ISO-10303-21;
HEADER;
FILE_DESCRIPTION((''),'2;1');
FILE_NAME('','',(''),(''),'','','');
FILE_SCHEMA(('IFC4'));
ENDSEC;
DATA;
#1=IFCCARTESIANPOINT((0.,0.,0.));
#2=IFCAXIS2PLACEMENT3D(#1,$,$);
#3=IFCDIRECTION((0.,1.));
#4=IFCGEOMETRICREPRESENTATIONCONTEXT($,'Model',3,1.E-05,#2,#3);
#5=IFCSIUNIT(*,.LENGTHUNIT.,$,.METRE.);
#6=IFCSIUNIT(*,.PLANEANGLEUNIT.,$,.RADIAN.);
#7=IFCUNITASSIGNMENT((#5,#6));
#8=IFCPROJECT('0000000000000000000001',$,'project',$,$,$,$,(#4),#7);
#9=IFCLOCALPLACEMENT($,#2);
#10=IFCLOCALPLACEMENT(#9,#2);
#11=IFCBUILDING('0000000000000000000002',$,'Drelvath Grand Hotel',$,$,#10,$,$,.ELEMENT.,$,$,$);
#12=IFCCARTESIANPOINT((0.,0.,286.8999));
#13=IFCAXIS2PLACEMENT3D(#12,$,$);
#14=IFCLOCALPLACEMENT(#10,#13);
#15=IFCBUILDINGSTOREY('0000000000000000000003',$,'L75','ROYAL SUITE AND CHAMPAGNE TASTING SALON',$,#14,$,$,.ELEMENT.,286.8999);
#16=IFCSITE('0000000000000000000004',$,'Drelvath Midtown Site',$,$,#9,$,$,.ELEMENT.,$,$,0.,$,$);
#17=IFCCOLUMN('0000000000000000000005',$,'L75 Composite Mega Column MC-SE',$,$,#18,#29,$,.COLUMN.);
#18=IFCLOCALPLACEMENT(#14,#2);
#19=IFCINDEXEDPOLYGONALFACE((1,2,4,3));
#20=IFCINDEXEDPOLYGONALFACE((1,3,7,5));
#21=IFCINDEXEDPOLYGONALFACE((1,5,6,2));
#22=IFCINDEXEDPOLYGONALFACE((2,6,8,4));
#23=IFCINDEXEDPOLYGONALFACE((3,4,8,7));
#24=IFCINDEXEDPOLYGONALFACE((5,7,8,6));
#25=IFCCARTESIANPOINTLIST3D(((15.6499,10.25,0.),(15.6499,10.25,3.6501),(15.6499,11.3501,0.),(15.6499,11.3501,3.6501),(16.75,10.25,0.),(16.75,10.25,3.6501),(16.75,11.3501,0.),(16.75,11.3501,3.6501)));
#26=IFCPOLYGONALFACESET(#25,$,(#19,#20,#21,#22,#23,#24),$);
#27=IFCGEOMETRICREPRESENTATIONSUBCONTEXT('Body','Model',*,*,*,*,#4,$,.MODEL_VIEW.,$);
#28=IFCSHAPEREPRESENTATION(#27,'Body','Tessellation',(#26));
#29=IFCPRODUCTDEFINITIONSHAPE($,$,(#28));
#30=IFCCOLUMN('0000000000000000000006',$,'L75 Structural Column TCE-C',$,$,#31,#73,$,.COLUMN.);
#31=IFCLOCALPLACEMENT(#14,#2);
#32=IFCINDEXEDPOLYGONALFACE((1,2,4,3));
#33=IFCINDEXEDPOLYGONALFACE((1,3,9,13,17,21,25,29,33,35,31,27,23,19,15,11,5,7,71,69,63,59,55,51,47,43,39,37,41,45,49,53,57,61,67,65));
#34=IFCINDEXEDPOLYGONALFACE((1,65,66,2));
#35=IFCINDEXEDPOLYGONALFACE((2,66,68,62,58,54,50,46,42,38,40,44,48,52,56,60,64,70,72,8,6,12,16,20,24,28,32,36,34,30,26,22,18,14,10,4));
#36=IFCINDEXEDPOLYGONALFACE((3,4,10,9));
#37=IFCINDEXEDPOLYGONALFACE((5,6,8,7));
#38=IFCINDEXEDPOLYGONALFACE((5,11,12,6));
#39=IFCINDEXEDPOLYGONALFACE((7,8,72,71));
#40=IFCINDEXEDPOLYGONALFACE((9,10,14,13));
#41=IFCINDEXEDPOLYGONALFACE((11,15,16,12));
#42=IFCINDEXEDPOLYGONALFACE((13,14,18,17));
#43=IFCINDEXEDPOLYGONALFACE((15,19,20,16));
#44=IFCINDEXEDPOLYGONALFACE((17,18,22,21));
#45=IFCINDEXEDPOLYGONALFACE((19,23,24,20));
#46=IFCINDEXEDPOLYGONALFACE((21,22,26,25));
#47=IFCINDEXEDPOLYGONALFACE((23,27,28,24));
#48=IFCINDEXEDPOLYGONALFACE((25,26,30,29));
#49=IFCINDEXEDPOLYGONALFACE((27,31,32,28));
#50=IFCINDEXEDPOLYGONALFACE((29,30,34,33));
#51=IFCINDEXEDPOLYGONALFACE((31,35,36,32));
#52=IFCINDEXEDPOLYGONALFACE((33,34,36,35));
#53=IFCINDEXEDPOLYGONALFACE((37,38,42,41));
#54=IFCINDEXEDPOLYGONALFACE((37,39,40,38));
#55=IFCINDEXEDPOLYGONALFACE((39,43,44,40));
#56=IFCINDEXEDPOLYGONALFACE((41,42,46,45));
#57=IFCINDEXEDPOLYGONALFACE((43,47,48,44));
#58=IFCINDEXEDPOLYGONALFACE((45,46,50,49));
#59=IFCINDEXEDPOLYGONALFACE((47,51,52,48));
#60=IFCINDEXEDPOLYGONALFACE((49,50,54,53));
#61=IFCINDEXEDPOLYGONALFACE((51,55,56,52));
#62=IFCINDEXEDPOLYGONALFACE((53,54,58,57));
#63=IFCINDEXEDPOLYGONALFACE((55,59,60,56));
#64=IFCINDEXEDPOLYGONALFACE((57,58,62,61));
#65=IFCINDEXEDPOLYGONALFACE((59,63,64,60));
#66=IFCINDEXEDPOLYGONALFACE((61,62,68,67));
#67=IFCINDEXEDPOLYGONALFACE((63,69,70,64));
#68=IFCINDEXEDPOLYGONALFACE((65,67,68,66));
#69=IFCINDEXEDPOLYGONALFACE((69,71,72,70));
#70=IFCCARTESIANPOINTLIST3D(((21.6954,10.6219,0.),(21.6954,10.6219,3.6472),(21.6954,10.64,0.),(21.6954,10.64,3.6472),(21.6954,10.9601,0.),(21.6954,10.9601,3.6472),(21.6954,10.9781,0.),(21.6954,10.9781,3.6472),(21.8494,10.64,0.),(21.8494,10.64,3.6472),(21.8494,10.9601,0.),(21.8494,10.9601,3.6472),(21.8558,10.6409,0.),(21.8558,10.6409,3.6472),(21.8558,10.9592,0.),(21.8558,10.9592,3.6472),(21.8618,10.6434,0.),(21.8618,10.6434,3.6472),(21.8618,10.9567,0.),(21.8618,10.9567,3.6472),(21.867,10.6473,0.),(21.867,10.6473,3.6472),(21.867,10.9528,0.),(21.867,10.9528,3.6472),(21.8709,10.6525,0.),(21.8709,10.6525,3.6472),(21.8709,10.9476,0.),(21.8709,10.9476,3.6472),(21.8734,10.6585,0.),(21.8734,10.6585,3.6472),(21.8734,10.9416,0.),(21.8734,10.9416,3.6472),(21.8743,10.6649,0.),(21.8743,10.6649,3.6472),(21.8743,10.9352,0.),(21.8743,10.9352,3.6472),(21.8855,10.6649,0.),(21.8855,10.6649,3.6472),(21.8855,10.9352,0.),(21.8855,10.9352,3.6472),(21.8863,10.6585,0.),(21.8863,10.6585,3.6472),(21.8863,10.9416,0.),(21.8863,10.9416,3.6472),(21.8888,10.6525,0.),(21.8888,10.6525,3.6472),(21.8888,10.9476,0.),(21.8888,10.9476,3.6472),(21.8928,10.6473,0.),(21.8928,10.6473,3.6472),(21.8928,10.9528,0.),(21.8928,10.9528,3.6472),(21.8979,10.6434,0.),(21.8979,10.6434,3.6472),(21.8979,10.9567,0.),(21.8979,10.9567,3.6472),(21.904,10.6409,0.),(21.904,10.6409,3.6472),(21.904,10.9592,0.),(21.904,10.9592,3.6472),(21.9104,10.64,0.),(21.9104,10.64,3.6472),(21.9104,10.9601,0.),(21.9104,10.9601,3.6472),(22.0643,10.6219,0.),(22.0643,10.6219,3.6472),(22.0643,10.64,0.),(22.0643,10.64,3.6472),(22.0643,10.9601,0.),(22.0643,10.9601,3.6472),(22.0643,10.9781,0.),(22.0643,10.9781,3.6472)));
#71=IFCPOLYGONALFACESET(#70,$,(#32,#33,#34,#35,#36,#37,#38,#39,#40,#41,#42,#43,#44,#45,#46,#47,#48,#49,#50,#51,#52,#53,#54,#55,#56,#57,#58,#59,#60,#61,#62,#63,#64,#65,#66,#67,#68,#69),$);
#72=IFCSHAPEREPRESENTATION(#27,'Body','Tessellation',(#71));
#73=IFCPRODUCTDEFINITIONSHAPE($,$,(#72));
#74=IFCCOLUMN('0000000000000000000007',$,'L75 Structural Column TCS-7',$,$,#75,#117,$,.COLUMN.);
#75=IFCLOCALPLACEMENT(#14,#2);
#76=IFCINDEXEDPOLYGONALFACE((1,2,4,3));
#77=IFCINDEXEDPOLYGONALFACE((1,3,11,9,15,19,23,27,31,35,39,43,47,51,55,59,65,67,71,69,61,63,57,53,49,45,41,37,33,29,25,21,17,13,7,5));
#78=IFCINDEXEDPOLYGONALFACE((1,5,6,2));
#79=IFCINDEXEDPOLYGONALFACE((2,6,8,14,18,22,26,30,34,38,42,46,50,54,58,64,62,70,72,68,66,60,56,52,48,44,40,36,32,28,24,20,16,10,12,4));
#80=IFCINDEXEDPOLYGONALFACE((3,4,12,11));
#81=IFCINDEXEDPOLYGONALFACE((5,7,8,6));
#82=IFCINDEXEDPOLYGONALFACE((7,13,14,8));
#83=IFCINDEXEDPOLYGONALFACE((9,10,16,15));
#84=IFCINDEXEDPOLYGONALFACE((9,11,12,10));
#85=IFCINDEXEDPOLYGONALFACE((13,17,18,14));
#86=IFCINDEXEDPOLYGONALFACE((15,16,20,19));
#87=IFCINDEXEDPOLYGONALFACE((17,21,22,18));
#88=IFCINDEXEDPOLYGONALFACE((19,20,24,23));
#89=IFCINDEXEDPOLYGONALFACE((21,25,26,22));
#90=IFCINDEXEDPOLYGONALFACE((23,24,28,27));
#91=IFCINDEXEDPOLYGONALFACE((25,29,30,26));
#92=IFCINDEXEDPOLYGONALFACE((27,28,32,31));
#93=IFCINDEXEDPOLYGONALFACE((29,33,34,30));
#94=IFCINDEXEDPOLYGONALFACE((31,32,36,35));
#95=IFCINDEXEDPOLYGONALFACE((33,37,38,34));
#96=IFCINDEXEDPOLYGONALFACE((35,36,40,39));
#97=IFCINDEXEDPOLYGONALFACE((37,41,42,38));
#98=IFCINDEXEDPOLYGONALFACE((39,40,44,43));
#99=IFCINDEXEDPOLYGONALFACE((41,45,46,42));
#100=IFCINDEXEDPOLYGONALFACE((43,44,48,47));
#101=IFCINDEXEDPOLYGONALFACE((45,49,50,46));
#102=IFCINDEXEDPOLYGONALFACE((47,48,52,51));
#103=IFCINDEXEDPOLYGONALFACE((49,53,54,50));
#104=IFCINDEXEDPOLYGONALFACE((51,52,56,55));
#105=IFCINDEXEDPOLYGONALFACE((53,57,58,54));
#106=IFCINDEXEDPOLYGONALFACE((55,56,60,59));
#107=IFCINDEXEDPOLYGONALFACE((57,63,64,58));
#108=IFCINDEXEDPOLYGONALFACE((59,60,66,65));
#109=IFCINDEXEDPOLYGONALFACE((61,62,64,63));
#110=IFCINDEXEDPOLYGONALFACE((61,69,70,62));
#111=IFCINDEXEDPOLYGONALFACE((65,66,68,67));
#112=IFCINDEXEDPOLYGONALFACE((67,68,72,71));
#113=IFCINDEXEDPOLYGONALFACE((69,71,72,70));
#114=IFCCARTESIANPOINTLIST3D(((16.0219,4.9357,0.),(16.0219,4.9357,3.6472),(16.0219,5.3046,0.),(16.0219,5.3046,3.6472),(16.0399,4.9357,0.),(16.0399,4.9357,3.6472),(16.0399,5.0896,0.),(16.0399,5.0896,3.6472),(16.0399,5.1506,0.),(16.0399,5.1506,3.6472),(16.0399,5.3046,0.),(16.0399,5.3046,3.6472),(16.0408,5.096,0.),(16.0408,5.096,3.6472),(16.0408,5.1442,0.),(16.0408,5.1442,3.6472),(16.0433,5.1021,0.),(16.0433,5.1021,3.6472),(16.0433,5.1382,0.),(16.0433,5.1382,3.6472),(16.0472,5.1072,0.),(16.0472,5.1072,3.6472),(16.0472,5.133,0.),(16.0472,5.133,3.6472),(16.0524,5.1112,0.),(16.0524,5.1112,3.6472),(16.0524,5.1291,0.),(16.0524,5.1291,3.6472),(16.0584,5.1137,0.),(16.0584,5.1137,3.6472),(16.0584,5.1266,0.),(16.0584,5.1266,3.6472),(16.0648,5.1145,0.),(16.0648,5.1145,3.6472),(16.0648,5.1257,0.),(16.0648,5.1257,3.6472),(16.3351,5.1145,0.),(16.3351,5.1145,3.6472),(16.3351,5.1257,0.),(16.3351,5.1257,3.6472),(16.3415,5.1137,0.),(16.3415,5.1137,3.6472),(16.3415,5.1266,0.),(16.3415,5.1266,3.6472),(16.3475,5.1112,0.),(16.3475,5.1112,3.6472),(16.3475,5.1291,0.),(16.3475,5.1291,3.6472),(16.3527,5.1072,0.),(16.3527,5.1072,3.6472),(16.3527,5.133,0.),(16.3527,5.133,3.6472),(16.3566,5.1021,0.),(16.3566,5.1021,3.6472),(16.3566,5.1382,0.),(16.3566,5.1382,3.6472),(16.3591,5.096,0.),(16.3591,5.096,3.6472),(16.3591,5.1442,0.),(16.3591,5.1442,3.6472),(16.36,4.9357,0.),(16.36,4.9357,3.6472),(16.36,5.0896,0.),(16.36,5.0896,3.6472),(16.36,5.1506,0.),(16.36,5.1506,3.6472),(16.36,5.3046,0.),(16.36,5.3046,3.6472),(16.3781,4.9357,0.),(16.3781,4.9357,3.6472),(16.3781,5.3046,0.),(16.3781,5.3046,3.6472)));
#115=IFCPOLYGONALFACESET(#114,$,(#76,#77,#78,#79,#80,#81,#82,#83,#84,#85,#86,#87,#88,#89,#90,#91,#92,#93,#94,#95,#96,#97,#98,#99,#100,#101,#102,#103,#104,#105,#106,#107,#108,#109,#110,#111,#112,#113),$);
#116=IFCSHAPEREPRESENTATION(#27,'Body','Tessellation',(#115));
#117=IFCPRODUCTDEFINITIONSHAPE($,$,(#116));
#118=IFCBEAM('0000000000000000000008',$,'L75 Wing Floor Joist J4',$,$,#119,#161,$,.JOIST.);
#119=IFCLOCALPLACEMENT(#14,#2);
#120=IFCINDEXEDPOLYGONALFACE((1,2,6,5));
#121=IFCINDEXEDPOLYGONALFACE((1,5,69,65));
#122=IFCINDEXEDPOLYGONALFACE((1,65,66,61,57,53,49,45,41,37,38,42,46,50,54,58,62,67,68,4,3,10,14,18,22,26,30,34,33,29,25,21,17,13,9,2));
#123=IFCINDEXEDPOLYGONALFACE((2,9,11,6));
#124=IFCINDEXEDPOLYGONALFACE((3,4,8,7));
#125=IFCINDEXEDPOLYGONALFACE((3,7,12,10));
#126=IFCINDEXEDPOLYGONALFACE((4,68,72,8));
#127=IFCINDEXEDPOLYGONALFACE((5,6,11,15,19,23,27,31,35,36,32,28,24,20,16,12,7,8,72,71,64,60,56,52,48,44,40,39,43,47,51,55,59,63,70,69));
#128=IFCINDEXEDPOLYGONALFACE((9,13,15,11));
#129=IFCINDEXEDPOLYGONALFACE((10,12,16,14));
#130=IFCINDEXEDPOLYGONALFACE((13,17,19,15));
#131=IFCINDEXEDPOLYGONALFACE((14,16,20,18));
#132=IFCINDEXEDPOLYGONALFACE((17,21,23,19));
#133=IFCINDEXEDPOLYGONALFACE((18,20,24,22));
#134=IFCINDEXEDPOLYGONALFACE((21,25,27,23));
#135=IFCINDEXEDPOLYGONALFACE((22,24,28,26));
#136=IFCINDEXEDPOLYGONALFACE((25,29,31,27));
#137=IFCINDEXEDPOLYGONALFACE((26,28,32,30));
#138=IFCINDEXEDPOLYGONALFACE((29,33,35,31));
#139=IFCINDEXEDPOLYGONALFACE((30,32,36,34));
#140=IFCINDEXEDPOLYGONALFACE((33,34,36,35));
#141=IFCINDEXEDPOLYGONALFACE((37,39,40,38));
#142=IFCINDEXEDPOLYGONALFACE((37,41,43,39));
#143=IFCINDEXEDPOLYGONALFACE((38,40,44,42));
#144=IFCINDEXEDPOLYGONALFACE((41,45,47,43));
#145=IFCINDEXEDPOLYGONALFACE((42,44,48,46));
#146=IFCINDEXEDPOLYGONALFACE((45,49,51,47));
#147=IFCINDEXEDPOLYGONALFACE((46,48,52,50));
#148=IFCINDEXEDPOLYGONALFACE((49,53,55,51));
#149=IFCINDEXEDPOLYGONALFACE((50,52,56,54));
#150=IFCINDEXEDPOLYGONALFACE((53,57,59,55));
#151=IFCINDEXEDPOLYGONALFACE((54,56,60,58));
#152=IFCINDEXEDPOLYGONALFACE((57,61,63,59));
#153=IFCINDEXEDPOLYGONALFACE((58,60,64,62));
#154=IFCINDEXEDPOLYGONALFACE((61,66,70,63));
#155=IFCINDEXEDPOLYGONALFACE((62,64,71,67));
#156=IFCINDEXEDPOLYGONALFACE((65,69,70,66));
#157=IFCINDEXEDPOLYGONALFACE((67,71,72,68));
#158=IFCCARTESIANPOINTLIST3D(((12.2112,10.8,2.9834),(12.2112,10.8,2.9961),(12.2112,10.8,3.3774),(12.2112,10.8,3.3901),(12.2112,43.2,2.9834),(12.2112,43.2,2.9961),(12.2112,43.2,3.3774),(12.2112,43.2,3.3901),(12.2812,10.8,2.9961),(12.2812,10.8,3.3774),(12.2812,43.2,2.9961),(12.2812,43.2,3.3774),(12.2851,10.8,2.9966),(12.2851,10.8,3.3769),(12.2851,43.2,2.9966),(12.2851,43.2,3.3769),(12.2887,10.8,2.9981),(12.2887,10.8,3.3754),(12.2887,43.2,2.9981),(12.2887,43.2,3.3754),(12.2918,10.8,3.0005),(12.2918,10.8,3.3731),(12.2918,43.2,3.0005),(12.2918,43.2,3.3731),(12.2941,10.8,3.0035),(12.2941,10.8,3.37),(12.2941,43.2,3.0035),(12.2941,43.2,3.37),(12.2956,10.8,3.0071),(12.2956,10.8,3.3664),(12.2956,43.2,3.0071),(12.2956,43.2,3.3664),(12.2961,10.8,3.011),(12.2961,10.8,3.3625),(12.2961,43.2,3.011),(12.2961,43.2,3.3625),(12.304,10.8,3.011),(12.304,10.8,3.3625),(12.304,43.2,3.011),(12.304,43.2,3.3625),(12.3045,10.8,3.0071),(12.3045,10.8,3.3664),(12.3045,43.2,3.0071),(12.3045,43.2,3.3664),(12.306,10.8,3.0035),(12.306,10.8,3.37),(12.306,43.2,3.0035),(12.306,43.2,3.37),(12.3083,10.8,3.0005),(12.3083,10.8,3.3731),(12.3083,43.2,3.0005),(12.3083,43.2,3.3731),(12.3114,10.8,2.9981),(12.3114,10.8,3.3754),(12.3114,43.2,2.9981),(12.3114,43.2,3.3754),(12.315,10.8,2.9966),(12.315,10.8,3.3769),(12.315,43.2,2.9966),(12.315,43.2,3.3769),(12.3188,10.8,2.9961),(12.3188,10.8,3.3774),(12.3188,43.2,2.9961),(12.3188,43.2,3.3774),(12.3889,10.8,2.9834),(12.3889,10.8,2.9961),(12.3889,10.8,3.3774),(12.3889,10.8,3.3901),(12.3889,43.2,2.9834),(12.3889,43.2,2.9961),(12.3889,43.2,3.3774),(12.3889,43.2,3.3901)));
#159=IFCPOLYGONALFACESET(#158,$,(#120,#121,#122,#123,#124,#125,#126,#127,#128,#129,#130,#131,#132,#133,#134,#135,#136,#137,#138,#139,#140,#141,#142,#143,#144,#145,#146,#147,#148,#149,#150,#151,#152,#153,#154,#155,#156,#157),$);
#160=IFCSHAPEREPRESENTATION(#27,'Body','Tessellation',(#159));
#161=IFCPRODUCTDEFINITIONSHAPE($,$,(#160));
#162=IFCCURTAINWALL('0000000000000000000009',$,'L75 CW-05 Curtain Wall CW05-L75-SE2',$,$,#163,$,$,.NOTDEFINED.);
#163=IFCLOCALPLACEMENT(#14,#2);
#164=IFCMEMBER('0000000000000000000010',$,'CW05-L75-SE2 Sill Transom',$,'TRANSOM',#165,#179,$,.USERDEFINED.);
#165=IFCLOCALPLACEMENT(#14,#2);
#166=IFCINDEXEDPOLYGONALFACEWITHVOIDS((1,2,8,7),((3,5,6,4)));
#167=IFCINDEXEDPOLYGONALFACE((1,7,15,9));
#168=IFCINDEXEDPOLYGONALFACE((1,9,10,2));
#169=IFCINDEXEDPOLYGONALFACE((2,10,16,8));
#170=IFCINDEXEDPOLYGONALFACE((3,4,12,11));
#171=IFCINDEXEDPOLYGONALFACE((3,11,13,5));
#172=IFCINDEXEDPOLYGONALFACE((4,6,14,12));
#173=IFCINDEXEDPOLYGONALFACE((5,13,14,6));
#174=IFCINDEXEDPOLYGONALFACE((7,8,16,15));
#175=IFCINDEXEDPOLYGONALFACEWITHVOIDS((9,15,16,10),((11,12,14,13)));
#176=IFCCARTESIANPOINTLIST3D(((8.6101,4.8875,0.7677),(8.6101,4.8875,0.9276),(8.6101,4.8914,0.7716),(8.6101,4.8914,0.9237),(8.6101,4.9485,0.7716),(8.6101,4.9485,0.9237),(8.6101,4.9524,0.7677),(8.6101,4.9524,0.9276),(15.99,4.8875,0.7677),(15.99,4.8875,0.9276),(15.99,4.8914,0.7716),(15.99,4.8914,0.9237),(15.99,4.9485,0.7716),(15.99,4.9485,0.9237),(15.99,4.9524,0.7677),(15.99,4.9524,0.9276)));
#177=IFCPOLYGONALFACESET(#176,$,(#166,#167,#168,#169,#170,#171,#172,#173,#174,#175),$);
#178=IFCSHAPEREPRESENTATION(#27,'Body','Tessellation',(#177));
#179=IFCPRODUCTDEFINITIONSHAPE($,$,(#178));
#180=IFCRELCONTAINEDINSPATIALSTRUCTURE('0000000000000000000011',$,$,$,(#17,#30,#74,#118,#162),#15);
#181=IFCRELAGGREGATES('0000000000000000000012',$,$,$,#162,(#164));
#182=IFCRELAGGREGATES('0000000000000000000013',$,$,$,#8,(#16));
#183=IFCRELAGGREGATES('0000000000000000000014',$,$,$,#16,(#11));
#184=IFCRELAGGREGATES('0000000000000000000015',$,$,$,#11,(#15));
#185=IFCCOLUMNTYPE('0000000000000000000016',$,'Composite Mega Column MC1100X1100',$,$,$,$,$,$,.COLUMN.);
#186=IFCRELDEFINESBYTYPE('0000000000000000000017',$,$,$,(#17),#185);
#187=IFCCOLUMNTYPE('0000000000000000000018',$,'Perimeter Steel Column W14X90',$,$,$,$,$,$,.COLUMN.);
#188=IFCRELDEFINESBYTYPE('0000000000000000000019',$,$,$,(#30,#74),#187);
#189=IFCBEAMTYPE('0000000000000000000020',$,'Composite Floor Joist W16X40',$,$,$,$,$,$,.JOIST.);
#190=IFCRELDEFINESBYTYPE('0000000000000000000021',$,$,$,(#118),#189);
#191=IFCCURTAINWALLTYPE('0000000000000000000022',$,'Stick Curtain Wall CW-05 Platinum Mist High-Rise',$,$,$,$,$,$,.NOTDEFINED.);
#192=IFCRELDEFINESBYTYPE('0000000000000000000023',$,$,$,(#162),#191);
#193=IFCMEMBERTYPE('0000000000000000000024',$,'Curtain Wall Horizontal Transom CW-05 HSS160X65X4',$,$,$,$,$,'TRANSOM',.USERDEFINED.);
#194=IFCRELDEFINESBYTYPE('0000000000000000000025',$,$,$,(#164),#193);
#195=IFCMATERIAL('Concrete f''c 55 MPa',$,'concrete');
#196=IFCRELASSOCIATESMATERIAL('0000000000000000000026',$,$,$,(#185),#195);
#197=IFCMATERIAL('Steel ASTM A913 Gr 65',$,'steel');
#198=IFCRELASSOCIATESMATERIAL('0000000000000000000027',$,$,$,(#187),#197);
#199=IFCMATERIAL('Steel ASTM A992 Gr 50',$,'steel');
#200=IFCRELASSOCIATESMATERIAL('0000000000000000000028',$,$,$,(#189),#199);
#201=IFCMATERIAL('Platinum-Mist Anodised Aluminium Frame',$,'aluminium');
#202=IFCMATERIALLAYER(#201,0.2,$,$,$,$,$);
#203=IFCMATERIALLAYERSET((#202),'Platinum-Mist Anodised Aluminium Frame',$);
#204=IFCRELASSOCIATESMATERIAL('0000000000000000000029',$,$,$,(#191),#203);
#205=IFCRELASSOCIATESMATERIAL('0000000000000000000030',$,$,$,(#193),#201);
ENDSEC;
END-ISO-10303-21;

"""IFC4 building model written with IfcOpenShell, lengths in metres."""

from ifc_helpers import new_model, si_unit, direction, frame, origin, origin_2d, place, context, subcontext, project, spatial, rectangle, hollow_rectangle, i_section, extrude, material, layer, layer_set, material_profile, profile_set, type_object, element, aggregate, save


model = new_model("IFC4")

# Units and contexts
model_context = context("Model", 3, precision=1e-05, world=origin(), true_north=direction((0.0, 1.0)))
body_context = subcontext(model_context, "Body", "Model", "MODEL_VIEW")
ifc_project = project(units=[si_unit("LENGTHUNIT", "METRE"), si_unit("PLANEANGLEUNIT", "RADIAN")], contexts=[model_context])

# Site, building, storey
site_placement = place(None, origin())
site = spatial("IfcSite", under=ifc_project, at=site_placement, Name="Drelvath Midtown Site", CompositionType="ELEMENT", RefElevation=0.0)
building_placement = place(site_placement, origin())
building = spatial("IfcBuilding", under=site, at=building_placement, Name="Drelvath Grand Hotel", CompositionType="ELEMENT")
storey_placement = place(building_placement, frame((0.0, 0.0, 286.8999)))
storey = spatial("IfcBuildingStorey", under=building, at=storey_placement, Name="L75", Description="ROYAL SUITE AND CHAMPAGNE TASTING SALON", CompositionType="ELEMENT", Elevation=286.8999)

# Columns
ifc_material_1 = material(Name="Concrete f'c 55 MPa", Category="concrete")
ifc_material_profile_1 = material_profile(ifc_material_1, rectangle(XDim=1.1001, YDim=1.1001, at=origin_2d()), Name="MC1100X1100")
ifc_profile_set_1 = profile_set([ifc_material_profile_1], Name="Concrete f'c 55 MPa")
column_type_1 = type_object("IfcColumnType", Name="Composite Mega Column MC1100X1100", PredefinedType="COLUMN", material=ifc_profile_set_1)
column_placement = place(storey_placement, frame((16.2, 10.8, 0.0), z_axis=(0.0, 0.0, 1.0), x_axis=(1.0, 0.0, 0.0)))
element("IfcColumn", 1, at=column_placement, inside=storey, type_object=column_type_1, Name="L75 Composite Mega Column MC-SE", PredefinedType="COLUMN", context=body_context, shape_type="SweptSolid", body=[
    extrude(rectangle(XDim=1.1001, YDim=1.1001, at=origin_2d()), origin(), (0.0, 0.0, 1.0), 3.6501),
])
ifc_material_2 = material(Name="Steel ASTM A913 Gr 65", Category="steel")
ifc_material_profile_2 = material_profile(ifc_material_2, i_section(OverallWidth=0.3689, OverallDepth=0.3562, WebThickness=0.0112, FlangeThickness=0.0181, FilletRadius=0.0249, at=origin_2d()), Name="W14X90")
ifc_profile_set_2 = profile_set([ifc_material_profile_2], Name="Steel ASTM A913 Gr 65")
column_type_2 = type_object("IfcColumnType", Name="Perimeter Steel Column W14X90", PredefinedType="COLUMN", material=ifc_profile_set_2)
for number, where, z_axis, x_axis, name in (
    (2, (21.8799, 10.8, 0.0), (0.0, 0.0, 1.0), (1.0, 0.0, 0.0), "L75 Structural Column TCE-C"),
    (3, (16.2, 5.1201, 0.0), (0.0, 0.0, 1.0), (0.0, 1.0, 0.0), "L75 Structural Column TCS-7"),
):
    element("IfcColumn", number, at=place(storey_placement, frame(where, z_axis=z_axis, x_axis=x_axis)), inside=storey, type_object=column_type_2, Name=name, PredefinedType="COLUMN", context=body_context, shape_type="SweptSolid", body=[
        extrude(i_section(OverallWidth=0.3689, OverallDepth=0.3562, WebThickness=0.0112, FlangeThickness=0.0181, FilletRadius=0.0249, at=origin_2d()), origin(), (0.0, 0.0, 1.0), 3.6472),
    ])

# Beam
ifc_material_3 = material(Name="Steel ASTM A992 Gr 50", Category="steel")
ifc_material_profile_3 = material_profile(ifc_material_3, i_section(OverallWidth=0.1777, OverallDepth=0.4067, WebThickness=0.0078, FlangeThickness=0.0127, FilletRadius=0.0149, at=origin_2d()), Name="W16X40")
ifc_profile_set_3 = profile_set([ifc_material_profile_3], Name="Steel ASTM A992 Gr 50")
beam_type_1 = type_object("IfcBeamType", Name="Composite Floor Joist W16X40", PredefinedType="JOIST", material=ifc_profile_set_3)
beam_1_placement = place(storey_placement, frame((12.3, 10.8, 3.1868), z_axis=(0.0, 1.0, 0.0), x_axis=(-1.0, 0.0, 0.0)))
element("IfcBeam", 4, at=beam_1_placement, inside=storey, type_object=beam_type_1, Name="L75 Wing Floor Joist J4", PredefinedType="JOIST", context=body_context, shape_type="SweptSolid", body=[
    extrude(i_section(OverallWidth=0.1777, OverallDepth=0.4067, WebThickness=0.0078, FlangeThickness=0.0127, FilletRadius=0.0149, at=origin_2d()), origin(), (0.0, 0.0, 1.0), 32.3999),
])

# Curtain wall, member
ifc_material_4 = material(Name="Platinum-Mist Anodised Aluminium Frame", Category="aluminium")
ifc_layer_1 = layer(ifc_material_4, 0.2)
ifc_layer_set_1 = layer_set([ifc_layer_1], Name="Platinum-Mist Anodised Aluminium Frame")
curtain_wall_type = type_object("IfcCurtainWallType", Name="Stick Curtain Wall CW-05 Platinum Mist High-Rise", PredefinedType="NOTDEFINED", material=ifc_layer_set_1)
curtain_wall_1_placement = place(storey_placement, origin())
curtain_wall_1 = element("IfcCurtainWall", 5, at=curtain_wall_1_placement, inside=storey, type_object=curtain_wall_type, Name="L75 CW-05 Curtain Wall CW05-L75-SE2", PredefinedType="NOTDEFINED")
ifc_material_profile_4 = material_profile(ifc_material_4, hollow_rectangle(XDim=0.0649, YDim=0.1599, WallThickness=0.0039, at=origin_2d()), Name="HSS160X65X4")
ifc_profile_set_4 = profile_set([ifc_material_profile_4], Name="Platinum-Mist Anodised Aluminium Frame")
member_type_1 = type_object("IfcMemberType", Name="Curtain Wall Horizontal Transom CW-05 HSS160X65X4", ElementType="TRANSOM", PredefinedType="USERDEFINED", material=ifc_profile_set_4)
member_1_placement = place(storey_placement, frame((15.99, 4.9199, 0.8477), z_axis=(-1.0, 0.0, 0.0), x_axis=(0.0, -1.0, 0.0)))
member_1 = element("IfcMember", 6, at=member_1_placement, type_object=member_type_1, Name="CW05-L75-SE2 Sill Transom", ObjectType="TRANSOM", PredefinedType="USERDEFINED", context=body_context, shape_type="SweptSolid", body=[
    extrude(hollow_rectangle(XDim=0.0649, YDim=0.1599, WallThickness=0.0039, at=origin_2d()), origin(), (0.0, 0.0, 1.0), 7.3799),
])

aggregate(curtain_wall_1, [member_1])

save(model, "model.ifc")
